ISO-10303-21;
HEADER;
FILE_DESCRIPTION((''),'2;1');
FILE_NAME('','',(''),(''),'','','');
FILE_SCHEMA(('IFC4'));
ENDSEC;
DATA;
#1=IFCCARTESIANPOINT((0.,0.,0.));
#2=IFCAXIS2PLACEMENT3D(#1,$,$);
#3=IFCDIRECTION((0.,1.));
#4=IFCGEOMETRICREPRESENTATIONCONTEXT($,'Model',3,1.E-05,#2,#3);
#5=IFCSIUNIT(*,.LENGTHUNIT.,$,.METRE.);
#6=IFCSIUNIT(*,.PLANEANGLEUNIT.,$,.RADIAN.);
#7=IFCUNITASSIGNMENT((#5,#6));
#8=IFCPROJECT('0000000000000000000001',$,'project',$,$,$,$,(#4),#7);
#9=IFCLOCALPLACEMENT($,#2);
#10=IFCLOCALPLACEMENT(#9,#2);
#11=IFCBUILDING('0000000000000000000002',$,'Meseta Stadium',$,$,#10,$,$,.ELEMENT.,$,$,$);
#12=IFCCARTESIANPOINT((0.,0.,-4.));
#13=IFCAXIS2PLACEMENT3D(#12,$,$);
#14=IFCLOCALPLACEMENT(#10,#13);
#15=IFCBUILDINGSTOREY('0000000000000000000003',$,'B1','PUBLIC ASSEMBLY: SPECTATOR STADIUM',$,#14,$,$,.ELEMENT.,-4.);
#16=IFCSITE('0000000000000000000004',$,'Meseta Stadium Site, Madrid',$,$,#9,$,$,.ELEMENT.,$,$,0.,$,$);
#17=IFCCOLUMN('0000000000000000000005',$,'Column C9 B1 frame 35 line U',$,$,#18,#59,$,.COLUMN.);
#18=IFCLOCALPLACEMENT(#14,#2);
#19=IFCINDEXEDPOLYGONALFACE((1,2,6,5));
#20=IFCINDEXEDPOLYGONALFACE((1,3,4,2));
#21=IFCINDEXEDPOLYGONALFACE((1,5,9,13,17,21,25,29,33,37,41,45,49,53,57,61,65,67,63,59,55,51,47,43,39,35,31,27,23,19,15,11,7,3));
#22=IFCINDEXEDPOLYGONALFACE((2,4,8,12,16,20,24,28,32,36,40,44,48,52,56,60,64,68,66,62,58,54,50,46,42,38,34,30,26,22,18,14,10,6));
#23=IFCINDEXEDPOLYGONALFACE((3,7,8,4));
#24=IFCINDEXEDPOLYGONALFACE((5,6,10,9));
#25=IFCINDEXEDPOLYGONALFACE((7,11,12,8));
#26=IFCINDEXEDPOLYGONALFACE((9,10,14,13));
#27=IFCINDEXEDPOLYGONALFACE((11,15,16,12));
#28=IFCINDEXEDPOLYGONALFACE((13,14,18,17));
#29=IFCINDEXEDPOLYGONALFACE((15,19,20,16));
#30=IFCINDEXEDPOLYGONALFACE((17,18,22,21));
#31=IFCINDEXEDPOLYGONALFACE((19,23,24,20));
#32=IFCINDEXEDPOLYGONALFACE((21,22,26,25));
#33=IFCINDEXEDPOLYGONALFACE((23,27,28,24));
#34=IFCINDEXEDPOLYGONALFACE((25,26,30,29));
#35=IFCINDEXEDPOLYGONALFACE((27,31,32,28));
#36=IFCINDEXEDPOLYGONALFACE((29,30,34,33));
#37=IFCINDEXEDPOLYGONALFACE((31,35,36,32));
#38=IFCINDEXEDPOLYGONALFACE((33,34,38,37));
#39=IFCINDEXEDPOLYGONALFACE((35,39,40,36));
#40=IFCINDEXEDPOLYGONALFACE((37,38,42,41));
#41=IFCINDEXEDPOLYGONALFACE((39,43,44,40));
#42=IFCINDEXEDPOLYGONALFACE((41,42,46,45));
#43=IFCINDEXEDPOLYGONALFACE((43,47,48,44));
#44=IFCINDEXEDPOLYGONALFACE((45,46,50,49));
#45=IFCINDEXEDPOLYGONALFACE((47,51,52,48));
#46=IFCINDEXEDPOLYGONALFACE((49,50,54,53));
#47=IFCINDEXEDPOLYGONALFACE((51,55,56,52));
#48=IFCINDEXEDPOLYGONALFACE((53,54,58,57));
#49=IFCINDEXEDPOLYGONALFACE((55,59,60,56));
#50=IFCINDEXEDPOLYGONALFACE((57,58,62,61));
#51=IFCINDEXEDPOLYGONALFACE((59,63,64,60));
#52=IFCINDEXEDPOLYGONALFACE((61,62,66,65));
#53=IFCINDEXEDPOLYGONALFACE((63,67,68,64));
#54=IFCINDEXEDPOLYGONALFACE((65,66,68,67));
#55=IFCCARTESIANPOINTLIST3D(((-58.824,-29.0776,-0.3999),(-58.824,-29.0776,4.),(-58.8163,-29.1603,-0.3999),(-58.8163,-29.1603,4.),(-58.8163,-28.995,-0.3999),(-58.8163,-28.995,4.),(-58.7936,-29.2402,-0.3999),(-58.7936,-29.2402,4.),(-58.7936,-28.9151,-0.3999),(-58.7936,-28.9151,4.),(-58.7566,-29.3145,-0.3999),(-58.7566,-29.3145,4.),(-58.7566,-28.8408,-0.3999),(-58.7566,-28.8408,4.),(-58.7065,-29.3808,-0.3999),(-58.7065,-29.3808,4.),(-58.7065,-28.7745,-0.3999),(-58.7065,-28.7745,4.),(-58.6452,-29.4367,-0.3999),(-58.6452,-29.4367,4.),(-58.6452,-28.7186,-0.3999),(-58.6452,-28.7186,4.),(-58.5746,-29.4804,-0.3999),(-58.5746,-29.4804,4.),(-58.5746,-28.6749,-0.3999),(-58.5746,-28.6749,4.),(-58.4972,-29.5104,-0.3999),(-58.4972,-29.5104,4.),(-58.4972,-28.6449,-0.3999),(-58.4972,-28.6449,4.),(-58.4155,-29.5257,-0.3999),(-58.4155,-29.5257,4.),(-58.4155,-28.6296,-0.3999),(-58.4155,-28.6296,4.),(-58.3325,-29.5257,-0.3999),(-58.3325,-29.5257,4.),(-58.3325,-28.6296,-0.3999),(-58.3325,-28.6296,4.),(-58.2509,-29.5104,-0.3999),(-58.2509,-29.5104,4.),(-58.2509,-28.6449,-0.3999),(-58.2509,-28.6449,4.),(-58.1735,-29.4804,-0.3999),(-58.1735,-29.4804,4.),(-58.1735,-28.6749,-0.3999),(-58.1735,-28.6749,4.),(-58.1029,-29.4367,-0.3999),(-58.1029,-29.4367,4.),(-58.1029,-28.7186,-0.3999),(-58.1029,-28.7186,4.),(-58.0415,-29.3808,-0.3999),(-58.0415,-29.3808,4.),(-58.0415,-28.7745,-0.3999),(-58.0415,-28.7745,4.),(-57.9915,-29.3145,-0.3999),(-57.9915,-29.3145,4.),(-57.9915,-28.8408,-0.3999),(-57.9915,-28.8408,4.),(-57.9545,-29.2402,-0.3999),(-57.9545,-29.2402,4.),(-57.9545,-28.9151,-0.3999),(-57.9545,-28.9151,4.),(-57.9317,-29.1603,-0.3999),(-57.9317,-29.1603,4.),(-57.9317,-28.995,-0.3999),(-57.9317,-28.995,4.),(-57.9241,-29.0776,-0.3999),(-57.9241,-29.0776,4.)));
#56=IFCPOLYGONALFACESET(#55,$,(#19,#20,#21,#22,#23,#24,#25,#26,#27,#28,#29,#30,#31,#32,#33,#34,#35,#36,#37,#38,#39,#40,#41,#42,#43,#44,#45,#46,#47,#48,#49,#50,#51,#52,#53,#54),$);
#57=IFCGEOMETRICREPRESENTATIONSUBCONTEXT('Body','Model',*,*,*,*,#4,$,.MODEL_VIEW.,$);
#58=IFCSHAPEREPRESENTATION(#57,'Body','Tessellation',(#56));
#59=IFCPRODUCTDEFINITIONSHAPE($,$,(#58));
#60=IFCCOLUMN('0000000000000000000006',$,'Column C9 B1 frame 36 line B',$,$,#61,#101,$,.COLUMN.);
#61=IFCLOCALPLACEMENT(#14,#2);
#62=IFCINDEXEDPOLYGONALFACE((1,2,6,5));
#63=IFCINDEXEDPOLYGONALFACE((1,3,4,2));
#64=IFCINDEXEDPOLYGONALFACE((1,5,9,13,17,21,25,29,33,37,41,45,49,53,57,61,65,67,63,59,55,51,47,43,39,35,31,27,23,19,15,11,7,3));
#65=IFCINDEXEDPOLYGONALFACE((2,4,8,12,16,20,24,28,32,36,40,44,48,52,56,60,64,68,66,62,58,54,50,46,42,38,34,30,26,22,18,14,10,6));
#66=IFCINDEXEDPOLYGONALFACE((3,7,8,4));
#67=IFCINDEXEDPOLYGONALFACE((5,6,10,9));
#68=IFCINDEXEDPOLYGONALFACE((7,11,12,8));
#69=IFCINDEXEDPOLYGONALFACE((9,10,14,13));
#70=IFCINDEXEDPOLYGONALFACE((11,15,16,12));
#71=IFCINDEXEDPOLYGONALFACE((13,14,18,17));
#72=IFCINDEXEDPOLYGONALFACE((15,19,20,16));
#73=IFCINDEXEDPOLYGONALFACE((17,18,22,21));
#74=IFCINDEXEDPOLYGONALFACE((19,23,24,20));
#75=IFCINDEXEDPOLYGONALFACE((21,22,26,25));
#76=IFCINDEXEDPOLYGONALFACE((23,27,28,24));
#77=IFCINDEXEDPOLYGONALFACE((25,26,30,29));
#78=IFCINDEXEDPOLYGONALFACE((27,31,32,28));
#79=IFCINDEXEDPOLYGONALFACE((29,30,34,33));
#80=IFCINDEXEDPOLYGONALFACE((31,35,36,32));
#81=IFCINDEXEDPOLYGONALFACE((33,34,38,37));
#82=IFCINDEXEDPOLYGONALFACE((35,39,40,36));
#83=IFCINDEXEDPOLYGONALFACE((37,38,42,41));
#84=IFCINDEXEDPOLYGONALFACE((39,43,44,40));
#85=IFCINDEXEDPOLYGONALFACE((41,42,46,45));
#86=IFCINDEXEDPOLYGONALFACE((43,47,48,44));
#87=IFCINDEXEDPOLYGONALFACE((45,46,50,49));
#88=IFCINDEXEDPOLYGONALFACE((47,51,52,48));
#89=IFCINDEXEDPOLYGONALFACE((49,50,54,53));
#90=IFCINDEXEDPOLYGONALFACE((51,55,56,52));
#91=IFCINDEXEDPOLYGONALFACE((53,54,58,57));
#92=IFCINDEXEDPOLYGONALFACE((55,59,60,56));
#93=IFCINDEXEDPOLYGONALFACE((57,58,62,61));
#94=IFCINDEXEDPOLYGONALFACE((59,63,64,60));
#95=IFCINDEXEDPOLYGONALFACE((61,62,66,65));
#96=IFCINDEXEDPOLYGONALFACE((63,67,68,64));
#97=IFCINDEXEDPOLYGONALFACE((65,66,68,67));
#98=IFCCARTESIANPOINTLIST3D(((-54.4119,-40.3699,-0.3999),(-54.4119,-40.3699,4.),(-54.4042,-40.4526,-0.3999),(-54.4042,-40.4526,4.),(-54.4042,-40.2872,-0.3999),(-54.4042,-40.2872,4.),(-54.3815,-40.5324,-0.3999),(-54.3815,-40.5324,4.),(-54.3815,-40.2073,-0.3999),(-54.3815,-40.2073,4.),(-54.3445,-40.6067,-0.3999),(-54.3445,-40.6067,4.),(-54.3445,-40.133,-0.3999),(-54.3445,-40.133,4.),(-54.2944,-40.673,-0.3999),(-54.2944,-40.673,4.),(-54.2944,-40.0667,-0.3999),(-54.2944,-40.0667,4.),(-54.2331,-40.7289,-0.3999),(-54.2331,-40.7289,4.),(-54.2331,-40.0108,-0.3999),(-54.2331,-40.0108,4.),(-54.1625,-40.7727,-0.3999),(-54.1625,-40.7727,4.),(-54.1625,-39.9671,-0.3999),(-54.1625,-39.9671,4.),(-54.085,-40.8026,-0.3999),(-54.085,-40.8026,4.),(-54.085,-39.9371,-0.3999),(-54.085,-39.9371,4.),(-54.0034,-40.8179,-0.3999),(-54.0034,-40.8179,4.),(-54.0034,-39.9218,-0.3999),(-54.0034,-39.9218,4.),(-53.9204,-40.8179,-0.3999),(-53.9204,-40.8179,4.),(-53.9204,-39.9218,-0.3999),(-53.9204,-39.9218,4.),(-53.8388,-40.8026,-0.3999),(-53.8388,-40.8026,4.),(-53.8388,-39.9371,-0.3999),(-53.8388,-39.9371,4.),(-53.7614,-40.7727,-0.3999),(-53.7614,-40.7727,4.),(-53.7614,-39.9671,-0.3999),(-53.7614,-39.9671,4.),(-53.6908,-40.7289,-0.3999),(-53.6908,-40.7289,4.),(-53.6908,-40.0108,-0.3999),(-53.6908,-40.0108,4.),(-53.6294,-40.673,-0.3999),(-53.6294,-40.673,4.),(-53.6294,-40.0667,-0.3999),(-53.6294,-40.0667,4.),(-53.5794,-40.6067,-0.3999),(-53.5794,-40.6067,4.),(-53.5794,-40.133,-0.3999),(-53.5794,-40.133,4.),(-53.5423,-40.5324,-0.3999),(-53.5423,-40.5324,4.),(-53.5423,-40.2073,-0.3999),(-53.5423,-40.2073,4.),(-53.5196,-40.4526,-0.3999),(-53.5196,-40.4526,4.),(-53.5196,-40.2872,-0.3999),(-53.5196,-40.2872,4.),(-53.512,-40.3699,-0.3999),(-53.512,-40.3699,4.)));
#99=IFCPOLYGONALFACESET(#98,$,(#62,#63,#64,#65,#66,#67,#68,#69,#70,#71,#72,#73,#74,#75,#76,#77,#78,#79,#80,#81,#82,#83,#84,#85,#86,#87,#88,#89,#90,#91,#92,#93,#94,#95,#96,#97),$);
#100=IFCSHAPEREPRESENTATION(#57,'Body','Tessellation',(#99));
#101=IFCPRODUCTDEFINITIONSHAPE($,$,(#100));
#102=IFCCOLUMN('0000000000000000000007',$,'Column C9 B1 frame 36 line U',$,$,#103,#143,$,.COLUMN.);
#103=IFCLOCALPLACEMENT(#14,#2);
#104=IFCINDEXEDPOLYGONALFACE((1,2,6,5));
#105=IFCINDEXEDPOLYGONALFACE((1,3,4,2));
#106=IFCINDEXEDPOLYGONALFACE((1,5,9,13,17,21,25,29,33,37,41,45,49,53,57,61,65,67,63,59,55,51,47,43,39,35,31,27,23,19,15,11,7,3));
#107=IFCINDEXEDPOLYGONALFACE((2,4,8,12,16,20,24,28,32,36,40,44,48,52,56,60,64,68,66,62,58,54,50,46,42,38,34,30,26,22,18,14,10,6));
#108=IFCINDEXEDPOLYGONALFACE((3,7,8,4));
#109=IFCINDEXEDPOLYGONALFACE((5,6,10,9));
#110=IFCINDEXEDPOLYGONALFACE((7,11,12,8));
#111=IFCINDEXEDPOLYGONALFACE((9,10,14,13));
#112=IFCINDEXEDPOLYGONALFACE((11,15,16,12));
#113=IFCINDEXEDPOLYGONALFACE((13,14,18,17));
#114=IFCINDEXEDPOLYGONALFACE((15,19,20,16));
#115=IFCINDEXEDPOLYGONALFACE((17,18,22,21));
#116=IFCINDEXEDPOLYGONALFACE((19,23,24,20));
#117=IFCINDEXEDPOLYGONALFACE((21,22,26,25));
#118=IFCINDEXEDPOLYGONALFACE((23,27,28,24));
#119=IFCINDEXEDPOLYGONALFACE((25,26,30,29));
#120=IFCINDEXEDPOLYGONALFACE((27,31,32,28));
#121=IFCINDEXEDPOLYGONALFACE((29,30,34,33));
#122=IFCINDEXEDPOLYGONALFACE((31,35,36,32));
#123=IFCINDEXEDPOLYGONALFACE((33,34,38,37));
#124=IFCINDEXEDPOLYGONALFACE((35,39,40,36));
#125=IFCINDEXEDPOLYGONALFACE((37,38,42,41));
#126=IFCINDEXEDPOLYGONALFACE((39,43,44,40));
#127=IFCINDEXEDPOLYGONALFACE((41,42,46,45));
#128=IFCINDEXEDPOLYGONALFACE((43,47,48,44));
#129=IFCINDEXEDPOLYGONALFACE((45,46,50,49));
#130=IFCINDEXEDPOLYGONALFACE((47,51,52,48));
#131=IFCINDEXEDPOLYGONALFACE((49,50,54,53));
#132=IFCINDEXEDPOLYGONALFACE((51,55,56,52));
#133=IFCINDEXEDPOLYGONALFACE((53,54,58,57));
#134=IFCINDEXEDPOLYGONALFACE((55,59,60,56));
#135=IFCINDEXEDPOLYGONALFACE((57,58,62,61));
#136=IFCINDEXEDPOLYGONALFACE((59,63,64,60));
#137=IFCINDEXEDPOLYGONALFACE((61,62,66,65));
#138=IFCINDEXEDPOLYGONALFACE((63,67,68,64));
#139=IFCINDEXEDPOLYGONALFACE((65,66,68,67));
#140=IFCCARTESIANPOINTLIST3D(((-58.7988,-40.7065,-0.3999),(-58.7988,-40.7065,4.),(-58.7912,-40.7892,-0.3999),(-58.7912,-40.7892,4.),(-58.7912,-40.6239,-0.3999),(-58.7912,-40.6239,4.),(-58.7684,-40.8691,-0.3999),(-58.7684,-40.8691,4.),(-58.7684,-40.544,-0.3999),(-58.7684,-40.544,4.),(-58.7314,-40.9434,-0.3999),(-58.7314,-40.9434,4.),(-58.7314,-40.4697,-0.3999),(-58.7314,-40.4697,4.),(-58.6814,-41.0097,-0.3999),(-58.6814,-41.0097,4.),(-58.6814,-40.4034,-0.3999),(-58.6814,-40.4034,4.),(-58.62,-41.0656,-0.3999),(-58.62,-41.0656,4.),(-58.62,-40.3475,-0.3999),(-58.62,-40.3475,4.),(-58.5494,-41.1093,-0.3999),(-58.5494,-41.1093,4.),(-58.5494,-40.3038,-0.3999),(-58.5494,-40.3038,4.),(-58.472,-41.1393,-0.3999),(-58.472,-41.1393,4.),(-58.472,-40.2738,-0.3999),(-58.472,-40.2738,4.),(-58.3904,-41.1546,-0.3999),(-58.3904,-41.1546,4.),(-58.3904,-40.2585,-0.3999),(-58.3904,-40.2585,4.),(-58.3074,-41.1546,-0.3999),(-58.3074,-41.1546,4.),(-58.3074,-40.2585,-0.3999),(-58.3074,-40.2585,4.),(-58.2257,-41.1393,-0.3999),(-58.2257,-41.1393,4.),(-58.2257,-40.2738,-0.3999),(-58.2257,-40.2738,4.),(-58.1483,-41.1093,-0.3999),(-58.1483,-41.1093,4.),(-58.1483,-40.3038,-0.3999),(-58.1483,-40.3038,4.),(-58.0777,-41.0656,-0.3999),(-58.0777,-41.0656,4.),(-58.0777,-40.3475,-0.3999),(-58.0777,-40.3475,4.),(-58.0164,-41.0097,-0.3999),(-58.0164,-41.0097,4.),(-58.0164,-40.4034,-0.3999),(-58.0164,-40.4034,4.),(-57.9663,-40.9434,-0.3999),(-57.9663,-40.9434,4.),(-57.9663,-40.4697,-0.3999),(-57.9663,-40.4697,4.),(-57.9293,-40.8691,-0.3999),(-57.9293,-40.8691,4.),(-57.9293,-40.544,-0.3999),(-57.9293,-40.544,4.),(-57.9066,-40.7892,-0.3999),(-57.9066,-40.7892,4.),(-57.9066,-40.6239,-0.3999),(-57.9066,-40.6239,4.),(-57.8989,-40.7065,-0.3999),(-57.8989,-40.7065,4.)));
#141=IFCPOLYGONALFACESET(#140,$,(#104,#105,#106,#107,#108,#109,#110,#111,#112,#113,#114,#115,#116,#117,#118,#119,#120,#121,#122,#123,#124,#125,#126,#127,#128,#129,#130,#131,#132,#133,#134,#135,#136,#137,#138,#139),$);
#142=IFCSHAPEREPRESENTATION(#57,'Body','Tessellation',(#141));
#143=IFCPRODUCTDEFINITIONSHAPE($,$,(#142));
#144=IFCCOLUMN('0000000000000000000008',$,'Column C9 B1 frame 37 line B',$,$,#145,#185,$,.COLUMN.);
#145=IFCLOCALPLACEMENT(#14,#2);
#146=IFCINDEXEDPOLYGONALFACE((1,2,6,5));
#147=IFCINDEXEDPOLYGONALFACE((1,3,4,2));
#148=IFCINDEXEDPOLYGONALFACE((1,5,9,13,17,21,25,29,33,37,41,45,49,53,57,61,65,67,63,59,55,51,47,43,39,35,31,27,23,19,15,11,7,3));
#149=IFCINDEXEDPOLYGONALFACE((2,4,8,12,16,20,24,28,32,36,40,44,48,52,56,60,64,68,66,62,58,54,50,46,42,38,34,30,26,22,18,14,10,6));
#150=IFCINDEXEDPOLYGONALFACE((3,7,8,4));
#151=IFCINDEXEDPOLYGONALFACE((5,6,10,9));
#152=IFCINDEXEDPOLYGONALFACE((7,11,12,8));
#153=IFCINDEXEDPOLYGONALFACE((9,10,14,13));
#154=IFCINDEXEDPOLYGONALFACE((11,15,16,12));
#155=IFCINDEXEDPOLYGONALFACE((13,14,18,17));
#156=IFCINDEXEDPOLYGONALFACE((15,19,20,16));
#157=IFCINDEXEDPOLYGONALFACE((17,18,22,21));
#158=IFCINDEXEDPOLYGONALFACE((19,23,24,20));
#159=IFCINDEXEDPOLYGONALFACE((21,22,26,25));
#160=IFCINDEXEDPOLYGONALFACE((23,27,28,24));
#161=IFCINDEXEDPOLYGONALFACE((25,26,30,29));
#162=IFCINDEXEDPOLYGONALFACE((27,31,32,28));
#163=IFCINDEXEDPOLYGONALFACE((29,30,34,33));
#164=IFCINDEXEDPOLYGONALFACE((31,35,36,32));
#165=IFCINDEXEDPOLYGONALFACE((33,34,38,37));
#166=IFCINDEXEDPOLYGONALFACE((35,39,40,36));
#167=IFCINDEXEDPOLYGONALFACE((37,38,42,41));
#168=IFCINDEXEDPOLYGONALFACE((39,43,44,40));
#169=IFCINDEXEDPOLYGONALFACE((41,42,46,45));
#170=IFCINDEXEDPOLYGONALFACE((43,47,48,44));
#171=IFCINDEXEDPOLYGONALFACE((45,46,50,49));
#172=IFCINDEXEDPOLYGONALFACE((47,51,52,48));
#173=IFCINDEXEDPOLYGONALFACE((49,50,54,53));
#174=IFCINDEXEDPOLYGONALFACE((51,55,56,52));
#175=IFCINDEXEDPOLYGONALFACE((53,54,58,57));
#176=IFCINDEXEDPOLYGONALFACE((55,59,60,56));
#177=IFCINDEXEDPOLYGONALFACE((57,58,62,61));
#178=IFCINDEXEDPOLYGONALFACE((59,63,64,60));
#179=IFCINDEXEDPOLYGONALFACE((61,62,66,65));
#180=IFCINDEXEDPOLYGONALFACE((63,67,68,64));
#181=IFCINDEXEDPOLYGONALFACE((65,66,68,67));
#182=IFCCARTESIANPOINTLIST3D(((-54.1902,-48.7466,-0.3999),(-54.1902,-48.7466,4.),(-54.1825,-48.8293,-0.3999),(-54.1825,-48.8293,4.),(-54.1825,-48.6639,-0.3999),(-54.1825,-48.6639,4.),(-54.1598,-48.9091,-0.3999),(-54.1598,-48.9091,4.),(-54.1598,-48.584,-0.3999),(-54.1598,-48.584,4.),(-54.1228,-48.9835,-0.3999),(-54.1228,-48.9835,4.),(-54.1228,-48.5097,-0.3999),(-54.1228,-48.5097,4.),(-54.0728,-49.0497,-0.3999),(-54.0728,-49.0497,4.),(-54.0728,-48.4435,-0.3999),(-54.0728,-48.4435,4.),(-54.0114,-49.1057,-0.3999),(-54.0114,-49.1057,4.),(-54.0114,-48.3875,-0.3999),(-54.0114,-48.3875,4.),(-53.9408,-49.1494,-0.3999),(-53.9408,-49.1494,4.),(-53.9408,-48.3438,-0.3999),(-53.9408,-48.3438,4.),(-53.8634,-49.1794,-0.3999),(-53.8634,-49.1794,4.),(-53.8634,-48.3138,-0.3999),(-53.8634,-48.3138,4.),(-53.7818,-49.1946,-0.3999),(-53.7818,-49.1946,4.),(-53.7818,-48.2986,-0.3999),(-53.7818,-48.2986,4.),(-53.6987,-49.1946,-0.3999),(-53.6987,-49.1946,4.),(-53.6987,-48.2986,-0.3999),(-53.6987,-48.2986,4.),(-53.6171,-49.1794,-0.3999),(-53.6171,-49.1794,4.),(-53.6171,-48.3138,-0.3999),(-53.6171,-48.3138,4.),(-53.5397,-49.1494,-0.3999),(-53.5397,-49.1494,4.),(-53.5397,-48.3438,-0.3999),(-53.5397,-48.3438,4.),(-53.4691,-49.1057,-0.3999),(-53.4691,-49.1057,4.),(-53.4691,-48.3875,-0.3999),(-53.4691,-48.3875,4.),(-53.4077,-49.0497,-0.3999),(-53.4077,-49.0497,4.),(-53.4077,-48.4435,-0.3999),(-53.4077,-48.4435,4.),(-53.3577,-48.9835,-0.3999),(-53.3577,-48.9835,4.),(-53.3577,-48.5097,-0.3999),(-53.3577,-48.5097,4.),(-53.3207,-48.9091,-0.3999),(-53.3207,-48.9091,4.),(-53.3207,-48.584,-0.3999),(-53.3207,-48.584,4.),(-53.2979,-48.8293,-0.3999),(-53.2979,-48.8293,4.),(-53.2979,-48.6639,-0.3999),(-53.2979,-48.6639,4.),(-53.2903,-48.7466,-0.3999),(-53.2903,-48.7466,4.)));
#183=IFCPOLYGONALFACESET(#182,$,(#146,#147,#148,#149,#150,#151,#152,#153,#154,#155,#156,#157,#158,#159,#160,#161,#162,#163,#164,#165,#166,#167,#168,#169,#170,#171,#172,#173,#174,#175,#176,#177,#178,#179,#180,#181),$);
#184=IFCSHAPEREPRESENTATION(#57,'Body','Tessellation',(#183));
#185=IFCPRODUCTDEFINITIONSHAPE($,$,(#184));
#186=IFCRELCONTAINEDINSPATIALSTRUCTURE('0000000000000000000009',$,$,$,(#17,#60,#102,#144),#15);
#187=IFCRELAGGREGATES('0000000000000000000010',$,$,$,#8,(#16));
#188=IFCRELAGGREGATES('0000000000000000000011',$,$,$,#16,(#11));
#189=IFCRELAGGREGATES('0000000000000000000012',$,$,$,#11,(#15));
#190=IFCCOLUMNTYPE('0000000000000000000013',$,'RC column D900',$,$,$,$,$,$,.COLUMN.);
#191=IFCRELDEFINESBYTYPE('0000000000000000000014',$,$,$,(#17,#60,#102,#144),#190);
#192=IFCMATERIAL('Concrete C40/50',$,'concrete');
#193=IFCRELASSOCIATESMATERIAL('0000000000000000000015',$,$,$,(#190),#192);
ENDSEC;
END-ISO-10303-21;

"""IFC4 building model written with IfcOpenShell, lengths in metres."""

from ifc_helpers import new_model, si_unit, direction, frame, origin, origin_2d, place, context, subcontext, project, spatial, circle, extrude, material, material_profile, profile_set, type_object, element, save


model = new_model("IFC4")

# Units and contexts
model_context = context("Model", 3, precision=1e-05, world=origin(), true_north=direction((0.0, 1.0)))
body_context = subcontext(model_context, "Body", "Model", "MODEL_VIEW")
ifc_project = project(units=[si_unit("LENGTHUNIT", "METRE"), si_unit("PLANEANGLEUNIT", "RADIAN")], contexts=[model_context])

# Site, building, storey
site_placement = place(None, origin())
site = spatial("IfcSite", under=ifc_project, at=site_placement, Name="Meseta Stadium Site, Madrid", CompositionType="ELEMENT", RefElevation=0.0)
building_placement = place(site_placement, origin())
building = spatial("IfcBuilding", under=site, at=building_placement, Name="Meseta Stadium", CompositionType="ELEMENT")
storey_placement = place(building_placement, frame((0.0, 0.0, -4.0)))
storey = spatial("IfcBuildingStorey", under=building, at=storey_placement, Name="B1", Description="PUBLIC ASSEMBLY: SPECTATOR STADIUM", CompositionType="ELEMENT", Elevation=-4.0)

# Columns
ifc_material_1 = material(Name="Concrete C40/50", Category="concrete")
ifc_material_profile_1 = material_profile(ifc_material_1, circle(Radius=0.45, at=origin_2d()), Name="RC D900")
ifc_profile_set_1 = profile_set([ifc_material_profile_1], Name="Concrete C40/50")
column_type_1 = type_object("IfcColumnType", Name="RC column D900", PredefinedType="COLUMN", material=ifc_profile_set_1)
for number, where, z_axis, x_axis, name in (
    (1, (-58.374, -29.0776, -0.3999), (0.0, 0.0, 1.0), (1.0, 0.0, 0.0), "Column C9 B1 frame 35 line U"),
    (2, (-53.9619, -40.3699, -0.3999), (0.0, 0.0, 1.0), (1.0, 0.0, 0.0), "Column C9 B1 frame 36 line B"),
    (3, (-58.3489, -40.7065, -0.3999), (0.0, 0.0, 1.0), (1.0, 0.0, 0.0), "Column C9 B1 frame 36 line U"),
    (4, (-53.7402, -48.7466, -0.3999), (0.0, 0.0, 1.0), (1.0, 0.0, 0.0), "Column C9 B1 frame 37 line B"),
):
    element("IfcColumn", number, at=place(storey_placement, frame(where, z_axis=z_axis, x_axis=x_axis)), inside=storey, type_object=column_type_1, Name=name, PredefinedType="COLUMN", context=body_context, shape_type="SweptSolid", body=[
        extrude(circle(Radius=0.45, at=origin_2d()), origin(), (0.0, 0.0, 1.0), 4.3999),
    ])

save(model, "model.ifc")
